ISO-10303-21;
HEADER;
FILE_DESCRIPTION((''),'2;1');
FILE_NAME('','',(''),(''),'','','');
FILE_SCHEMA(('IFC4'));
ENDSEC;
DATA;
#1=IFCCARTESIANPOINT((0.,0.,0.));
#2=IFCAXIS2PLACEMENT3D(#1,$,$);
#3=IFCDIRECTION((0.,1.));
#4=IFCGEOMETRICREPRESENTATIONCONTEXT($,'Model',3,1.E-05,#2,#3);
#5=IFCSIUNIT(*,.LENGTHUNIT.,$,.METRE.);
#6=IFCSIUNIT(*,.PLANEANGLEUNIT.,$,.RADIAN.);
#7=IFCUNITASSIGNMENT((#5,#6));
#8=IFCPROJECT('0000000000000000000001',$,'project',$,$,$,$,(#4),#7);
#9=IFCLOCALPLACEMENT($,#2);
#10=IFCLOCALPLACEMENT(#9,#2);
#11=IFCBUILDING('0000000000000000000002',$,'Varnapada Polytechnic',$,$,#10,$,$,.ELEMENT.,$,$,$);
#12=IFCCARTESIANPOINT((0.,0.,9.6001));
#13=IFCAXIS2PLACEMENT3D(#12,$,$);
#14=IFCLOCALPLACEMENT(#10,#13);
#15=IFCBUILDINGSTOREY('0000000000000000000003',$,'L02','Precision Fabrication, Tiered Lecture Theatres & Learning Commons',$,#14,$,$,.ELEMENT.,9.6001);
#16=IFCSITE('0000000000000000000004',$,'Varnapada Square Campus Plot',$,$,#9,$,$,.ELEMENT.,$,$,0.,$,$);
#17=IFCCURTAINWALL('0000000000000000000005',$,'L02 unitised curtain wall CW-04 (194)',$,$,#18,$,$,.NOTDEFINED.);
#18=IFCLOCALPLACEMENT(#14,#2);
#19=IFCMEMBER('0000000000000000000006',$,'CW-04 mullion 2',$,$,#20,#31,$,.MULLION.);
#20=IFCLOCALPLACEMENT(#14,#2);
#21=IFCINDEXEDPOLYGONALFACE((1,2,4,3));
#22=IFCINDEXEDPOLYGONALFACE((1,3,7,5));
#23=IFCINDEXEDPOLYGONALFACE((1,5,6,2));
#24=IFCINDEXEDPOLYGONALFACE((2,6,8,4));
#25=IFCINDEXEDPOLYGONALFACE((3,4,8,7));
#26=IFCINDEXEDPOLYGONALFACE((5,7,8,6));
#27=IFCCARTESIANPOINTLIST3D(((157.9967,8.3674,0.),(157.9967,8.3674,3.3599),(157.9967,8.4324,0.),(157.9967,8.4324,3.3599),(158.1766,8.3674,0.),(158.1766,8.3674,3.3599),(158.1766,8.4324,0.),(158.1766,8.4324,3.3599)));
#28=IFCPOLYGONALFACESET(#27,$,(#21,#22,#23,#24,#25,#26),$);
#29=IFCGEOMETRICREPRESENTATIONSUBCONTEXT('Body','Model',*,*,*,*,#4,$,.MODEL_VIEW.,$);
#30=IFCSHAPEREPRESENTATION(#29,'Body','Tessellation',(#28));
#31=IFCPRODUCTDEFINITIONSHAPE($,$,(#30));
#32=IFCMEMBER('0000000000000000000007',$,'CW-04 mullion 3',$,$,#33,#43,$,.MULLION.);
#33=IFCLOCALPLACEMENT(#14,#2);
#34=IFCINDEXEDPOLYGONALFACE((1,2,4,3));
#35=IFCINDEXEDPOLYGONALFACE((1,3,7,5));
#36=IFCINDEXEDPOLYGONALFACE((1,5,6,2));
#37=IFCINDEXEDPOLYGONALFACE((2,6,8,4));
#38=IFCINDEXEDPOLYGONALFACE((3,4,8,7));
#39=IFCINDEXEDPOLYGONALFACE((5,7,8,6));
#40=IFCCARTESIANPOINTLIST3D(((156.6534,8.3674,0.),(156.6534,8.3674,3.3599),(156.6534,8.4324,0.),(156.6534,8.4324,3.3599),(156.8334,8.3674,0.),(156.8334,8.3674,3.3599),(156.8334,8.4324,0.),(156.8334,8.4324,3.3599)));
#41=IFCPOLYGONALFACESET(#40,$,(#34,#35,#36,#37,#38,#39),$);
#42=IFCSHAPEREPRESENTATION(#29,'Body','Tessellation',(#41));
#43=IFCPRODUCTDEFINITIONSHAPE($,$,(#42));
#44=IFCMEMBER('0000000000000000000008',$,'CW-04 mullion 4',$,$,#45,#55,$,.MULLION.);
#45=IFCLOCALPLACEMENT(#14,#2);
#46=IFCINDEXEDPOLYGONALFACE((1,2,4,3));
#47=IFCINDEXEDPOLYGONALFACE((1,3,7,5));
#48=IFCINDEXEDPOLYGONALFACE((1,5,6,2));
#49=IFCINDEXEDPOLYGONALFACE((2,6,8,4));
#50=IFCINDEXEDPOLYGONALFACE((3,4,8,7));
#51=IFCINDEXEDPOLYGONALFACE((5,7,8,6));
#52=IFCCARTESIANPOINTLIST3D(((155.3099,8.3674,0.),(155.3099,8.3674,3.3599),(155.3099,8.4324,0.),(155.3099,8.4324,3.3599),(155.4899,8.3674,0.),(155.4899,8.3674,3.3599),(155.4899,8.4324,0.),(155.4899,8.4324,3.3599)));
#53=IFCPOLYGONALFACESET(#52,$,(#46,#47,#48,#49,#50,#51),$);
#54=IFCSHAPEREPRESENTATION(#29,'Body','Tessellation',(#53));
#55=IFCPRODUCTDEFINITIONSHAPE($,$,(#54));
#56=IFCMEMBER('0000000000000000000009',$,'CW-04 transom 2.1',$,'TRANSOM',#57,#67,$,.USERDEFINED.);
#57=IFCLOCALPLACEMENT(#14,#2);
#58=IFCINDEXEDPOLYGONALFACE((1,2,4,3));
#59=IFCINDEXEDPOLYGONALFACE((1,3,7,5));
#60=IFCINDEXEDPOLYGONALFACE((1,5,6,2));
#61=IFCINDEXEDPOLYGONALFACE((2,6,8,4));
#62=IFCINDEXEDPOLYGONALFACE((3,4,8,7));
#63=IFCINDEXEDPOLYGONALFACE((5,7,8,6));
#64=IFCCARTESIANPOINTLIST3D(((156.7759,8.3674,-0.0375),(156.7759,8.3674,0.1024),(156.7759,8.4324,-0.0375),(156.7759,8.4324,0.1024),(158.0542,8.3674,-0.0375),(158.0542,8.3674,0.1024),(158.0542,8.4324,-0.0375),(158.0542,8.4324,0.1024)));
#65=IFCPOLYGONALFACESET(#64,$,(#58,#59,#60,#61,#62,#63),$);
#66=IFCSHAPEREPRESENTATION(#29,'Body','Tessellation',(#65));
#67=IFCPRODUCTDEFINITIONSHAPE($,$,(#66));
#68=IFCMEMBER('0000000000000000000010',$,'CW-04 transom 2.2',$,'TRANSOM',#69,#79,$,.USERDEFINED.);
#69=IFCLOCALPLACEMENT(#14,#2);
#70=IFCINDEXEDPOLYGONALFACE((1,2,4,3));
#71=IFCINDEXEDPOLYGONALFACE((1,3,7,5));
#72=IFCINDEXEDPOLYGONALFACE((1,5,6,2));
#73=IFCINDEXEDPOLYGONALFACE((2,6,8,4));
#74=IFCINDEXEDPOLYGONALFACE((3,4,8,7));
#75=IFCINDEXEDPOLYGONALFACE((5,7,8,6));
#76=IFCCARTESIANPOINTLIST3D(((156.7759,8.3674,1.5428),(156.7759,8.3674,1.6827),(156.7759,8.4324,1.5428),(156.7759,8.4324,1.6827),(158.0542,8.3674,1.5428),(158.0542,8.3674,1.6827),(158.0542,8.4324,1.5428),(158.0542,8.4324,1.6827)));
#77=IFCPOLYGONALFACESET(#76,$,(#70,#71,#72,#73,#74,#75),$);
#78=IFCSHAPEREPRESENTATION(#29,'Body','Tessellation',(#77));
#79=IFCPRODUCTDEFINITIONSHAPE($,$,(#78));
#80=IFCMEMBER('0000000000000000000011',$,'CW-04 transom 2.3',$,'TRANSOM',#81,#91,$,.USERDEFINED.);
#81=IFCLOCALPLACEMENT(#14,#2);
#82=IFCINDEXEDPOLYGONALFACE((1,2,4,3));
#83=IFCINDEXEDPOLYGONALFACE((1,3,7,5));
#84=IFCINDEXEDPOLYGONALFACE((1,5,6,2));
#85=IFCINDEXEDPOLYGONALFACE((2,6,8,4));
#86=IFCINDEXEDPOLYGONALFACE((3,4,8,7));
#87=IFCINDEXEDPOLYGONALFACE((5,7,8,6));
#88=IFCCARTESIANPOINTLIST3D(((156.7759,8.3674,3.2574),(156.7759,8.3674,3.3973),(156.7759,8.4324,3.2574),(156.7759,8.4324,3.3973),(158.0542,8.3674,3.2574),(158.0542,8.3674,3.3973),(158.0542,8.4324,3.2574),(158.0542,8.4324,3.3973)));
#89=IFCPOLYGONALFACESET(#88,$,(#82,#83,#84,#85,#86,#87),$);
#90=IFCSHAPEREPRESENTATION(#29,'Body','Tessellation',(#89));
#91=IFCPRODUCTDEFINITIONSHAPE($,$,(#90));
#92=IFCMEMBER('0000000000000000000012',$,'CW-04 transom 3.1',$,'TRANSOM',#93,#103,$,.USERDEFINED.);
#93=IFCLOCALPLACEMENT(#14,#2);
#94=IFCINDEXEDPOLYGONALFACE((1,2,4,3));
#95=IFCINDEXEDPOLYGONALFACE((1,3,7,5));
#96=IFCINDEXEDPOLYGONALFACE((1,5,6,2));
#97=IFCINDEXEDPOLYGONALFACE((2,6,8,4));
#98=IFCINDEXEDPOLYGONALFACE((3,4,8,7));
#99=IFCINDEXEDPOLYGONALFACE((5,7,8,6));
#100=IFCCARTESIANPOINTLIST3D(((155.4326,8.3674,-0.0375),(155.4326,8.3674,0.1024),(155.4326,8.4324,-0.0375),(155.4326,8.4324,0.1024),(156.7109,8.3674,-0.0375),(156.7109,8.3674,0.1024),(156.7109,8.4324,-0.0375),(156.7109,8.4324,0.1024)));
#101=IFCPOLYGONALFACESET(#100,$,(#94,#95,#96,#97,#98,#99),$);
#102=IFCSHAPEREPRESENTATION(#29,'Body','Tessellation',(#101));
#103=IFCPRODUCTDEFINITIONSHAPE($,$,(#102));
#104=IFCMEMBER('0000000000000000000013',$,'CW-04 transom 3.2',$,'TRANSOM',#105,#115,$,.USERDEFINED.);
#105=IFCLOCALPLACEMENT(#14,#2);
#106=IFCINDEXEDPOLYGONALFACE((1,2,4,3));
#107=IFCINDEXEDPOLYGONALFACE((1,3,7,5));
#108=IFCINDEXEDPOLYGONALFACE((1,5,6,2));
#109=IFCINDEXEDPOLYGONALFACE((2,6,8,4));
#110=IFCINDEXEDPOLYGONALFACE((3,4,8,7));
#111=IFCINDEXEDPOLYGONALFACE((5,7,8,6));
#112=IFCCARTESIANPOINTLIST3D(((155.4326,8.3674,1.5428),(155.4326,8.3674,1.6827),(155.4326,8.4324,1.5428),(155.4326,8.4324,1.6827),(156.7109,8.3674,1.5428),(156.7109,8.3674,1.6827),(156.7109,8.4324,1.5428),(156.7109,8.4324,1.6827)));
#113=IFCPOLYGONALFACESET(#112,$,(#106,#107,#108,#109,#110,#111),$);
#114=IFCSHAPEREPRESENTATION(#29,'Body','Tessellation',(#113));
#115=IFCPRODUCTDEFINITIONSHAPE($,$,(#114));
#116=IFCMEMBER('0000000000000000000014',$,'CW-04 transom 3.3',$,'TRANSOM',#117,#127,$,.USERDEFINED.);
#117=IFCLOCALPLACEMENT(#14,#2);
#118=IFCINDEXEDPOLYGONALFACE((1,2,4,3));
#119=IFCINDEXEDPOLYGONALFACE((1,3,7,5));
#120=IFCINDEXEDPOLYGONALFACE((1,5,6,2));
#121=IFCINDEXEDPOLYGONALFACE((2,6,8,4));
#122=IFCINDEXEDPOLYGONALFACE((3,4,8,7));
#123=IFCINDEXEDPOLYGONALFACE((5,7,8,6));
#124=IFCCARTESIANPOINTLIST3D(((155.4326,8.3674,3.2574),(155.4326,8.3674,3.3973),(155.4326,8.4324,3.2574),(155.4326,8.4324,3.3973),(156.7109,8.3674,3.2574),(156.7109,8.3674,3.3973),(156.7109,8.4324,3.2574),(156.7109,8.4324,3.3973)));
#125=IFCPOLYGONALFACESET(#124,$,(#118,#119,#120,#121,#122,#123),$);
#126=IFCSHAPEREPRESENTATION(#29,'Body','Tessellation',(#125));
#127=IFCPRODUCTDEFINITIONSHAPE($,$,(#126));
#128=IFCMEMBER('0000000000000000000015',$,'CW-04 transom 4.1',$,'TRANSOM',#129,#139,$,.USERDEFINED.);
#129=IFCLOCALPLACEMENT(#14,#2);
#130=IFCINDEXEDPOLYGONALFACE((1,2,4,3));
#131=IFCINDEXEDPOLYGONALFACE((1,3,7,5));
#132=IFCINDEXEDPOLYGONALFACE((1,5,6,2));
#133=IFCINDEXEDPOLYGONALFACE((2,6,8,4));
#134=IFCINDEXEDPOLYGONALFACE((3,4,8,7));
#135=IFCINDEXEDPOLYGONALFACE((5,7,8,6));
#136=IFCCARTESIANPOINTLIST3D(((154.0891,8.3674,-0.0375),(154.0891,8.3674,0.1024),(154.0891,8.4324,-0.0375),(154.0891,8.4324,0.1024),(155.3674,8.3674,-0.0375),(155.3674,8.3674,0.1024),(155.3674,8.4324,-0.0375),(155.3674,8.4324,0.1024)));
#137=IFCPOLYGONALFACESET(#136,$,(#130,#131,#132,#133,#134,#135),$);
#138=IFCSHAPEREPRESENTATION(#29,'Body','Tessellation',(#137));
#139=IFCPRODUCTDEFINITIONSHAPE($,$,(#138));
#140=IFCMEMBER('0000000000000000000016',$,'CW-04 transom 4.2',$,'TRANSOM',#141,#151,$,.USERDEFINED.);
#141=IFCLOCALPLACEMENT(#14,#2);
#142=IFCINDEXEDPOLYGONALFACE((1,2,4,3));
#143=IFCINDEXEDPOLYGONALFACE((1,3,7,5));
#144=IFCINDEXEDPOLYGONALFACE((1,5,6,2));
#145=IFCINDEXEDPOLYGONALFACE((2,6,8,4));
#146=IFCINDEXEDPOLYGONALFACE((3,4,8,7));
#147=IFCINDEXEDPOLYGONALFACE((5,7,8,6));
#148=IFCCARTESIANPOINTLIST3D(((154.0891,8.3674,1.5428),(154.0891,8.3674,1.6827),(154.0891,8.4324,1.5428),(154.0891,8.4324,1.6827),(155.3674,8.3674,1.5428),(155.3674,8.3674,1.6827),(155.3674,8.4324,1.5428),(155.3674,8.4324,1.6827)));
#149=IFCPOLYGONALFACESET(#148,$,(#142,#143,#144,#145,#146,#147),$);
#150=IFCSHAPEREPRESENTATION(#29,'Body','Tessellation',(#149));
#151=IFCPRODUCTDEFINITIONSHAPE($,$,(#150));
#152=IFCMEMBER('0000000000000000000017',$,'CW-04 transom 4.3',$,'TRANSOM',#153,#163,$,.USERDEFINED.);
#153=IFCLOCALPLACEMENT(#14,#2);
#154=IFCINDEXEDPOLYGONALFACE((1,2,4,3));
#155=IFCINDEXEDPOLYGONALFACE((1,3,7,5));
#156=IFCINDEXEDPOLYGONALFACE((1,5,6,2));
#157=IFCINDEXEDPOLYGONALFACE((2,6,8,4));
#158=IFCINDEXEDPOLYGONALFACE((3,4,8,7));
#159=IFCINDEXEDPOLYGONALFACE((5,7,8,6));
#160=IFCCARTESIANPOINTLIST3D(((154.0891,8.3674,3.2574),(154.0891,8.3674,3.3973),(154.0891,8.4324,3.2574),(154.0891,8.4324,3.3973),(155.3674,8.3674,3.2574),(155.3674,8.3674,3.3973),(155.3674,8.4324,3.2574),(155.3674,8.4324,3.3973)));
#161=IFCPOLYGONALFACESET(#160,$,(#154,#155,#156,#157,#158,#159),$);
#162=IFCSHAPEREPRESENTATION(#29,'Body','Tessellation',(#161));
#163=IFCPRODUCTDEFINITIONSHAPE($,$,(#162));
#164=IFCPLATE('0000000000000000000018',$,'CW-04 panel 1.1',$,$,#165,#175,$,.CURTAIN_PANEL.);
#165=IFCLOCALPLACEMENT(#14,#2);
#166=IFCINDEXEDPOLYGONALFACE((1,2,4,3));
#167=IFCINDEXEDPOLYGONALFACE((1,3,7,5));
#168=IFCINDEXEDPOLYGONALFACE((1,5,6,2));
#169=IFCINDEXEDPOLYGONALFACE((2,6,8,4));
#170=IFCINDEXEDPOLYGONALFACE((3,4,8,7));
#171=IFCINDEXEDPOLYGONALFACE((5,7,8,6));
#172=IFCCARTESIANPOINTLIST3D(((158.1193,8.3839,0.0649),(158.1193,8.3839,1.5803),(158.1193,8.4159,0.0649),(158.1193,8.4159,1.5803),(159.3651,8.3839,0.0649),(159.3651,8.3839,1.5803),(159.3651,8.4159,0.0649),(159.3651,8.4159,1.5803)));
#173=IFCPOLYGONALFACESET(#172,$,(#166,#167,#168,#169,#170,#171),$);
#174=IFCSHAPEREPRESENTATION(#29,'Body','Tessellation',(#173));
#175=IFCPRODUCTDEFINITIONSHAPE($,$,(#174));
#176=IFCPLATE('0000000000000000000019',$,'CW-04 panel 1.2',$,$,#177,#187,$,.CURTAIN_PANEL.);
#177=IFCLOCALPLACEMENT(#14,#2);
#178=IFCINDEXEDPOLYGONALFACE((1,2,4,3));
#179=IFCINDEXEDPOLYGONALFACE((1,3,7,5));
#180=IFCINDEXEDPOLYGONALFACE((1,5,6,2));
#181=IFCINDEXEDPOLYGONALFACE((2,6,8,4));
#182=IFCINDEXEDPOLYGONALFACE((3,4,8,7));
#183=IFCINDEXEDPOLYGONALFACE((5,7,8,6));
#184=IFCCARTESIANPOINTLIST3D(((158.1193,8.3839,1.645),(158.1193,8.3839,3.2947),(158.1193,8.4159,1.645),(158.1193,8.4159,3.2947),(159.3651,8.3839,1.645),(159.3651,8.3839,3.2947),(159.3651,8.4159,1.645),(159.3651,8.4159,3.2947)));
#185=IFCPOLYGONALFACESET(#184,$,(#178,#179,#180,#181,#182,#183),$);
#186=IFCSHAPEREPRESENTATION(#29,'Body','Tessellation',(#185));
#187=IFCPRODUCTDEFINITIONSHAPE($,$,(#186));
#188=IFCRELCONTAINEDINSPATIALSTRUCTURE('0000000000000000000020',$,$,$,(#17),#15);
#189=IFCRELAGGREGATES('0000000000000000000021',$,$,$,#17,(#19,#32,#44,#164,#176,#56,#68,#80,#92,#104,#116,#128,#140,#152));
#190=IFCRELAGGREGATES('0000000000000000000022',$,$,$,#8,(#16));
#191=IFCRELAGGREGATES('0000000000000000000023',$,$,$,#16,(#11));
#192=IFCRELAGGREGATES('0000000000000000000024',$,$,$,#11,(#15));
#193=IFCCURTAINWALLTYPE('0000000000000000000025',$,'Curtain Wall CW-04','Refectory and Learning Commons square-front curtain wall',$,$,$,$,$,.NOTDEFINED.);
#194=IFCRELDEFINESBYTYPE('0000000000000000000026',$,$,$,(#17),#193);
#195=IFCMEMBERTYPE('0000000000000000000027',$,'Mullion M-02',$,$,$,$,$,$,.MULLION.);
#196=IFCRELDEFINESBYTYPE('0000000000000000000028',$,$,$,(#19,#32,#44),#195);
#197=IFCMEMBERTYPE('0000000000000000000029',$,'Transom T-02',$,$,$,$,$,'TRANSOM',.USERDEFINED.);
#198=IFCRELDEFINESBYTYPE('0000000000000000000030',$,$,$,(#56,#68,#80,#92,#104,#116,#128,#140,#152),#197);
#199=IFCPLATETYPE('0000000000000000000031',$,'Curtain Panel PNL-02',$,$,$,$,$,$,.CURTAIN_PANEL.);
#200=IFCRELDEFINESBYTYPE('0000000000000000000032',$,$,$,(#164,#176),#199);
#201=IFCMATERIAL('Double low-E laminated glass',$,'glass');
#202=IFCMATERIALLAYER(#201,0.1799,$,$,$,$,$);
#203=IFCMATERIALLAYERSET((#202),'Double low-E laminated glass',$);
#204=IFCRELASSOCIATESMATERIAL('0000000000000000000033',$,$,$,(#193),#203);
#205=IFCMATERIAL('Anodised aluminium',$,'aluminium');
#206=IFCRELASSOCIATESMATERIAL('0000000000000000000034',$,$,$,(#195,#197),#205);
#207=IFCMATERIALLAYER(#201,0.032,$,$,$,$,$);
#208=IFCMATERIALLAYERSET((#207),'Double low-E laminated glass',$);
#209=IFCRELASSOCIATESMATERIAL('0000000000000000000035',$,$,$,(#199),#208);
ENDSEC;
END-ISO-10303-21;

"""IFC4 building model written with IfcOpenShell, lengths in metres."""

from ifc_helpers import new_model, si_unit, direction, frame, origin, origin_2d, place, context, subcontext, project, spatial, rectangle, extrude, material, layer, layer_set, material_profile, profile_set, type_object, element, aggregate, save


model = new_model("IFC4")

# Units and contexts
model_context = context("Model", 3, precision=1e-05, world=origin(), true_north=direction((0.0, 1.0)))
body_context = subcontext(model_context, "Body", "Model", "MODEL_VIEW")
ifc_project = project(units=[si_unit("LENGTHUNIT", "METRE"), si_unit("PLANEANGLEUNIT", "RADIAN")], contexts=[model_context])

# Site, building, storey
site_placement = place(None, origin())
site = spatial("IfcSite", under=ifc_project, at=site_placement, Name="Varnapada Square Campus Plot", CompositionType="ELEMENT", RefElevation=0.0)
building_placement = place(site_placement, origin())
building = spatial("IfcBuilding", under=site, at=building_placement, Name="Varnapada Polytechnic", CompositionType="ELEMENT")
storey_placement = place(building_placement, frame((0.0, 0.0, 9.6001)))
storey = spatial("IfcBuildingStorey", under=building, at=storey_placement, Name="L02", Description="Precision Fabrication, Tiered Lecture Theatres & Learning Commons", CompositionType="ELEMENT", Elevation=9.6001)

# Curtain wall, members, plates
ifc_material_1 = material(Name="Double low-E laminated glass", Category="glass")
ifc_layer_1 = layer(ifc_material_1, 0.1799)
ifc_layer_set_1 = layer_set([ifc_layer_1], Name="Double low-E laminated glass")
curtain_wall_type = type_object("IfcCurtainWallType", Name="Curtain Wall CW-04", Description="Refectory and Learning Commons square-front curtain wall", PredefinedType="NOTDEFINED", material=ifc_layer_set_1)
curtain_wall_placement = place(storey_placement, origin())
curtain_wall = element("IfcCurtainWall", 1, at=curtain_wall_placement, inside=storey, type_object=curtain_wall_type, Name="L02 unitised curtain wall CW-04 (194)", PredefinedType="NOTDEFINED")
ifc_material_2 = material(Name="Anodised aluminium", Category="aluminium")
ifc_material_profile_1 = material_profile(ifc_material_2, rectangle(XDim=0.0649, YDim=0.1799, at=origin_2d()), Name="ALU M65x180")
ifc_profile_set_1 = profile_set([ifc_material_profile_1], Name="Anodised aluminium")
member_type_1 = type_object("IfcMemberType", Name="Mullion M-02", PredefinedType="MULLION", material=ifc_profile_set_1)
member_1_placement = place(storey_placement, frame((158.0867, 8.3999, 0.0), z_axis=(0.0, 0.0, 1.0), x_axis=(0.0, -1.0, 0.0)))
member_1 = element("IfcMember", 2, at=member_1_placement, type_object=member_type_1, Name="CW-04 mullion 2", PredefinedType="MULLION", context=body_context, shape_type="SweptSolid", body=[
    extrude(rectangle(XDim=0.0649, YDim=0.1799, at=origin_2d()), origin(), (0.0, 0.0, 1.0), 3.3599),
])
member_2_placement = place(storey_placement, frame((156.7434, 8.3999, 0.0), z_axis=(0.0, 0.0, 1.0), x_axis=(0.0, -1.0, 0.0)))
member_2 = element("IfcMember", 3, at=member_2_placement, type_object=member_type_1, Name="CW-04 mullion 3", PredefinedType="MULLION", context=body_context, shape_type="SweptSolid", body=[
    extrude(rectangle(XDim=0.0649, YDim=0.1799, at=origin_2d()), origin(), (0.0, 0.0, 1.0), 3.3599),
])
member_3_placement = place(storey_placement, frame((155.3999, 8.3999, 0.0), z_axis=(0.0, 0.0, 1.0), x_axis=(0.0, -1.0, 0.0)))
member_3 = element("IfcMember", 4, at=member_3_placement, type_object=member_type_1, Name="CW-04 mullion 4", PredefinedType="MULLION", context=body_context, shape_type="SweptSolid", body=[
    extrude(rectangle(XDim=0.0649, YDim=0.1799, at=origin_2d()), origin(), (0.0, 0.0, 1.0), 3.3599),
])
ifc_material_profile_2 = material_profile(ifc_material_2, rectangle(XDim=0.0649, YDim=0.1399, at=origin_2d()), Name="ALU T65x140")
ifc_profile_set_2 = profile_set([ifc_material_profile_2], Name="Anodised aluminium")
member_type_2 = type_object("IfcMemberType", Name="Transom T-02", ElementType="TRANSOM", PredefinedType="USERDEFINED", material=ifc_profile_set_2)
member_4_placement = place(storey_placement, frame((158.0542, 8.3999, 0.0325), z_axis=(-1.0, 0.0, 0.0), x_axis=(0.0, -1.0, 0.0)))
member_4 = element("IfcMember", 5, at=member_4_placement, type_object=member_type_2, Name="CW-04 transom 2.1", ObjectType="TRANSOM", PredefinedType="USERDEFINED", context=body_context, shape_type="SweptSolid", body=[
    extrude(rectangle(XDim=0.0649, YDim=0.1399, at=origin_2d()), origin(), (0.0, 0.0, 1.0), 1.2783),
])
member_5_placement = place(storey_placement, frame((158.0542, 8.3999, 1.6128), z_axis=(-1.0, 0.0, 0.0), x_axis=(0.0, -1.0, 0.0)))
member_5 = element("IfcMember", 6, at=member_5_placement, type_object=member_type_2, Name="CW-04 transom 2.2", ObjectType="TRANSOM", PredefinedType="USERDEFINED", context=body_context, shape_type="SweptSolid", body=[
    extrude(rectangle(XDim=0.0649, YDim=0.1399, at=origin_2d()), origin(), (0.0, 0.0, 1.0), 1.2783),
])
member_6_placement = place(storey_placement, frame((158.0542, 8.3999, 3.3274), z_axis=(-1.0, 0.0, 0.0), x_axis=(0.0, -1.0, 0.0)))
member_6 = element("IfcMember", 7, at=member_6_placement, type_object=member_type_2, Name="CW-04 transom 2.3", ObjectType="TRANSOM", PredefinedType="USERDEFINED", context=body_context, shape_type="SweptSolid", body=[
    extrude(rectangle(XDim=0.0649, YDim=0.1399, at=origin_2d()), origin(), (0.0, 0.0, 1.0), 1.2783),
])
member_7_placement = place(storey_placement, frame((156.7109, 8.3999, 0.0325), z_axis=(-1.0, 0.0, 0.0), x_axis=(0.0, -1.0, 0.0)))
member_7 = element("IfcMember", 8, at=member_7_placement, type_object=member_type_2, Name="CW-04 transom 3.1", ObjectType="TRANSOM", PredefinedType="USERDEFINED", context=body_context, shape_type="SweptSolid", body=[
    extrude(rectangle(XDim=0.0649, YDim=0.1399, at=origin_2d()), origin(), (0.0, 0.0, 1.0), 1.2783),
])
member_8_placement = place(storey_placement, frame((156.7109, 8.3999, 1.6128), z_axis=(-1.0, 0.0, 0.0), x_axis=(0.0, -1.0, 0.0)))
member_8 = element("IfcMember", 9, at=member_8_placement, type_object=member_type_2, Name="CW-04 transom 3.2", ObjectType="TRANSOM", PredefinedType="USERDEFINED", context=body_context, shape_type="SweptSolid", body=[
    extrude(rectangle(XDim=0.0649, YDim=0.1399, at=origin_2d()), origin(), (0.0, 0.0, 1.0), 1.2783),
])
member_9_placement = place(storey_placement, frame((156.7109, 8.3999, 3.3274), z_axis=(-1.0, 0.0, 0.0), x_axis=(0.0, -1.0, 0.0)))
member_9 = element("IfcMember", 10, at=member_9_placement, type_object=member_type_2, Name="CW-04 transom 3.3", ObjectType="TRANSOM", PredefinedType="USERDEFINED", context=body_context, shape_type="SweptSolid", body=[
    extrude(rectangle(XDim=0.0649, YDim=0.1399, at=origin_2d()), origin(), (0.0, 0.0, 1.0), 1.2783),
])
member_10_placement = place(storey_placement, frame((155.3674, 8.3999, 0.0325), z_axis=(-1.0, 0.0, 0.0), x_axis=(0.0, -1.0, 0.0)))
member_10 = element("IfcMember", 11, at=member_10_placement, type_object=member_type_2, Name="CW-04 transom 4.1", ObjectType="TRANSOM", PredefinedType="USERDEFINED", context=body_context, shape_type="SweptSolid", body=[
    extrude(rectangle(XDim=0.0649, YDim=0.1399, at=origin_2d()), origin(), (0.0, 0.0, 1.0), 1.2783),
])
member_11_placement = place(storey_placement, frame((155.3674, 8.3999, 1.6128), z_axis=(-1.0, 0.0, 0.0), x_axis=(0.0, -1.0, 0.0)))
member_11 = element("IfcMember", 12, at=member_11_placement, type_object=member_type_2, Name="CW-04 transom 4.2", ObjectType="TRANSOM", PredefinedType="USERDEFINED", context=body_context, shape_type="SweptSolid", body=[
    extrude(rectangle(XDim=0.0649, YDim=0.1399, at=origin_2d()), origin(), (0.0, 0.0, 1.0), 1.2783),
])
member_12_placement = place(storey_placement, frame((155.3674, 8.3999, 3.3274), z_axis=(-1.0, 0.0, 0.0), x_axis=(0.0, -1.0, 0.0)))
member_12 = element("IfcMember", 13, at=member_12_placement, type_object=member_type_2, Name="CW-04 transom 4.3", ObjectType="TRANSOM", PredefinedType="USERDEFINED", context=body_context, shape_type="SweptSolid", body=[
    extrude(rectangle(XDim=0.0649, YDim=0.1399, at=origin_2d()), origin(), (0.0, 0.0, 1.0), 1.2783),
])
ifc_layer_2 = layer(ifc_material_1, 0.032)
ifc_layer_set_2 = layer_set([ifc_layer_2], Name="Double low-E laminated glass")
plate_type = type_object("IfcPlateType", Name="Curtain Panel PNL-02", PredefinedType="CURTAIN_PANEL", material=ifc_layer_set_2)
plate_1_placement = place(storey_placement, frame((158.7422, 8.3999, 0.0649), z_axis=(0.0, 0.0, 1.0), x_axis=(-1.0, 0.0, 0.0)))
plate_1 = element("IfcPlate", 14, at=plate_1_placement, type_object=plate_type, Name="CW-04 panel 1.1", PredefinedType="CURTAIN_PANEL", context=body_context, shape_type="SweptSolid", body=[
    extrude(rectangle(XDim=1.2458, YDim=0.032, at=origin_2d()), origin(), (0.0, 0.0, 1.0), 1.5154),
])
plate_2_placement = place(storey_placement, frame((158.7422, 8.3999, 1.645), z_axis=(0.0, 0.0, 1.0), x_axis=(-1.0, 0.0, 0.0)))
plate_2 = element("IfcPlate", 15, at=plate_2_placement, type_object=plate_type, Name="CW-04 panel 1.2", PredefinedType="CURTAIN_PANEL", context=body_context, shape_type="SweptSolid", body=[
    extrude(rectangle(XDim=1.2458, YDim=0.032, at=origin_2d()), origin(), (0.0, 0.0, 1.0), 1.6497),
])
aggregate(curtain_wall, [member_1, member_2, member_3, plate_1, plate_2, member_4, member_5, member_6, member_7, member_8, member_9, member_10, member_11, member_12])

save(model, "model.ifc")
